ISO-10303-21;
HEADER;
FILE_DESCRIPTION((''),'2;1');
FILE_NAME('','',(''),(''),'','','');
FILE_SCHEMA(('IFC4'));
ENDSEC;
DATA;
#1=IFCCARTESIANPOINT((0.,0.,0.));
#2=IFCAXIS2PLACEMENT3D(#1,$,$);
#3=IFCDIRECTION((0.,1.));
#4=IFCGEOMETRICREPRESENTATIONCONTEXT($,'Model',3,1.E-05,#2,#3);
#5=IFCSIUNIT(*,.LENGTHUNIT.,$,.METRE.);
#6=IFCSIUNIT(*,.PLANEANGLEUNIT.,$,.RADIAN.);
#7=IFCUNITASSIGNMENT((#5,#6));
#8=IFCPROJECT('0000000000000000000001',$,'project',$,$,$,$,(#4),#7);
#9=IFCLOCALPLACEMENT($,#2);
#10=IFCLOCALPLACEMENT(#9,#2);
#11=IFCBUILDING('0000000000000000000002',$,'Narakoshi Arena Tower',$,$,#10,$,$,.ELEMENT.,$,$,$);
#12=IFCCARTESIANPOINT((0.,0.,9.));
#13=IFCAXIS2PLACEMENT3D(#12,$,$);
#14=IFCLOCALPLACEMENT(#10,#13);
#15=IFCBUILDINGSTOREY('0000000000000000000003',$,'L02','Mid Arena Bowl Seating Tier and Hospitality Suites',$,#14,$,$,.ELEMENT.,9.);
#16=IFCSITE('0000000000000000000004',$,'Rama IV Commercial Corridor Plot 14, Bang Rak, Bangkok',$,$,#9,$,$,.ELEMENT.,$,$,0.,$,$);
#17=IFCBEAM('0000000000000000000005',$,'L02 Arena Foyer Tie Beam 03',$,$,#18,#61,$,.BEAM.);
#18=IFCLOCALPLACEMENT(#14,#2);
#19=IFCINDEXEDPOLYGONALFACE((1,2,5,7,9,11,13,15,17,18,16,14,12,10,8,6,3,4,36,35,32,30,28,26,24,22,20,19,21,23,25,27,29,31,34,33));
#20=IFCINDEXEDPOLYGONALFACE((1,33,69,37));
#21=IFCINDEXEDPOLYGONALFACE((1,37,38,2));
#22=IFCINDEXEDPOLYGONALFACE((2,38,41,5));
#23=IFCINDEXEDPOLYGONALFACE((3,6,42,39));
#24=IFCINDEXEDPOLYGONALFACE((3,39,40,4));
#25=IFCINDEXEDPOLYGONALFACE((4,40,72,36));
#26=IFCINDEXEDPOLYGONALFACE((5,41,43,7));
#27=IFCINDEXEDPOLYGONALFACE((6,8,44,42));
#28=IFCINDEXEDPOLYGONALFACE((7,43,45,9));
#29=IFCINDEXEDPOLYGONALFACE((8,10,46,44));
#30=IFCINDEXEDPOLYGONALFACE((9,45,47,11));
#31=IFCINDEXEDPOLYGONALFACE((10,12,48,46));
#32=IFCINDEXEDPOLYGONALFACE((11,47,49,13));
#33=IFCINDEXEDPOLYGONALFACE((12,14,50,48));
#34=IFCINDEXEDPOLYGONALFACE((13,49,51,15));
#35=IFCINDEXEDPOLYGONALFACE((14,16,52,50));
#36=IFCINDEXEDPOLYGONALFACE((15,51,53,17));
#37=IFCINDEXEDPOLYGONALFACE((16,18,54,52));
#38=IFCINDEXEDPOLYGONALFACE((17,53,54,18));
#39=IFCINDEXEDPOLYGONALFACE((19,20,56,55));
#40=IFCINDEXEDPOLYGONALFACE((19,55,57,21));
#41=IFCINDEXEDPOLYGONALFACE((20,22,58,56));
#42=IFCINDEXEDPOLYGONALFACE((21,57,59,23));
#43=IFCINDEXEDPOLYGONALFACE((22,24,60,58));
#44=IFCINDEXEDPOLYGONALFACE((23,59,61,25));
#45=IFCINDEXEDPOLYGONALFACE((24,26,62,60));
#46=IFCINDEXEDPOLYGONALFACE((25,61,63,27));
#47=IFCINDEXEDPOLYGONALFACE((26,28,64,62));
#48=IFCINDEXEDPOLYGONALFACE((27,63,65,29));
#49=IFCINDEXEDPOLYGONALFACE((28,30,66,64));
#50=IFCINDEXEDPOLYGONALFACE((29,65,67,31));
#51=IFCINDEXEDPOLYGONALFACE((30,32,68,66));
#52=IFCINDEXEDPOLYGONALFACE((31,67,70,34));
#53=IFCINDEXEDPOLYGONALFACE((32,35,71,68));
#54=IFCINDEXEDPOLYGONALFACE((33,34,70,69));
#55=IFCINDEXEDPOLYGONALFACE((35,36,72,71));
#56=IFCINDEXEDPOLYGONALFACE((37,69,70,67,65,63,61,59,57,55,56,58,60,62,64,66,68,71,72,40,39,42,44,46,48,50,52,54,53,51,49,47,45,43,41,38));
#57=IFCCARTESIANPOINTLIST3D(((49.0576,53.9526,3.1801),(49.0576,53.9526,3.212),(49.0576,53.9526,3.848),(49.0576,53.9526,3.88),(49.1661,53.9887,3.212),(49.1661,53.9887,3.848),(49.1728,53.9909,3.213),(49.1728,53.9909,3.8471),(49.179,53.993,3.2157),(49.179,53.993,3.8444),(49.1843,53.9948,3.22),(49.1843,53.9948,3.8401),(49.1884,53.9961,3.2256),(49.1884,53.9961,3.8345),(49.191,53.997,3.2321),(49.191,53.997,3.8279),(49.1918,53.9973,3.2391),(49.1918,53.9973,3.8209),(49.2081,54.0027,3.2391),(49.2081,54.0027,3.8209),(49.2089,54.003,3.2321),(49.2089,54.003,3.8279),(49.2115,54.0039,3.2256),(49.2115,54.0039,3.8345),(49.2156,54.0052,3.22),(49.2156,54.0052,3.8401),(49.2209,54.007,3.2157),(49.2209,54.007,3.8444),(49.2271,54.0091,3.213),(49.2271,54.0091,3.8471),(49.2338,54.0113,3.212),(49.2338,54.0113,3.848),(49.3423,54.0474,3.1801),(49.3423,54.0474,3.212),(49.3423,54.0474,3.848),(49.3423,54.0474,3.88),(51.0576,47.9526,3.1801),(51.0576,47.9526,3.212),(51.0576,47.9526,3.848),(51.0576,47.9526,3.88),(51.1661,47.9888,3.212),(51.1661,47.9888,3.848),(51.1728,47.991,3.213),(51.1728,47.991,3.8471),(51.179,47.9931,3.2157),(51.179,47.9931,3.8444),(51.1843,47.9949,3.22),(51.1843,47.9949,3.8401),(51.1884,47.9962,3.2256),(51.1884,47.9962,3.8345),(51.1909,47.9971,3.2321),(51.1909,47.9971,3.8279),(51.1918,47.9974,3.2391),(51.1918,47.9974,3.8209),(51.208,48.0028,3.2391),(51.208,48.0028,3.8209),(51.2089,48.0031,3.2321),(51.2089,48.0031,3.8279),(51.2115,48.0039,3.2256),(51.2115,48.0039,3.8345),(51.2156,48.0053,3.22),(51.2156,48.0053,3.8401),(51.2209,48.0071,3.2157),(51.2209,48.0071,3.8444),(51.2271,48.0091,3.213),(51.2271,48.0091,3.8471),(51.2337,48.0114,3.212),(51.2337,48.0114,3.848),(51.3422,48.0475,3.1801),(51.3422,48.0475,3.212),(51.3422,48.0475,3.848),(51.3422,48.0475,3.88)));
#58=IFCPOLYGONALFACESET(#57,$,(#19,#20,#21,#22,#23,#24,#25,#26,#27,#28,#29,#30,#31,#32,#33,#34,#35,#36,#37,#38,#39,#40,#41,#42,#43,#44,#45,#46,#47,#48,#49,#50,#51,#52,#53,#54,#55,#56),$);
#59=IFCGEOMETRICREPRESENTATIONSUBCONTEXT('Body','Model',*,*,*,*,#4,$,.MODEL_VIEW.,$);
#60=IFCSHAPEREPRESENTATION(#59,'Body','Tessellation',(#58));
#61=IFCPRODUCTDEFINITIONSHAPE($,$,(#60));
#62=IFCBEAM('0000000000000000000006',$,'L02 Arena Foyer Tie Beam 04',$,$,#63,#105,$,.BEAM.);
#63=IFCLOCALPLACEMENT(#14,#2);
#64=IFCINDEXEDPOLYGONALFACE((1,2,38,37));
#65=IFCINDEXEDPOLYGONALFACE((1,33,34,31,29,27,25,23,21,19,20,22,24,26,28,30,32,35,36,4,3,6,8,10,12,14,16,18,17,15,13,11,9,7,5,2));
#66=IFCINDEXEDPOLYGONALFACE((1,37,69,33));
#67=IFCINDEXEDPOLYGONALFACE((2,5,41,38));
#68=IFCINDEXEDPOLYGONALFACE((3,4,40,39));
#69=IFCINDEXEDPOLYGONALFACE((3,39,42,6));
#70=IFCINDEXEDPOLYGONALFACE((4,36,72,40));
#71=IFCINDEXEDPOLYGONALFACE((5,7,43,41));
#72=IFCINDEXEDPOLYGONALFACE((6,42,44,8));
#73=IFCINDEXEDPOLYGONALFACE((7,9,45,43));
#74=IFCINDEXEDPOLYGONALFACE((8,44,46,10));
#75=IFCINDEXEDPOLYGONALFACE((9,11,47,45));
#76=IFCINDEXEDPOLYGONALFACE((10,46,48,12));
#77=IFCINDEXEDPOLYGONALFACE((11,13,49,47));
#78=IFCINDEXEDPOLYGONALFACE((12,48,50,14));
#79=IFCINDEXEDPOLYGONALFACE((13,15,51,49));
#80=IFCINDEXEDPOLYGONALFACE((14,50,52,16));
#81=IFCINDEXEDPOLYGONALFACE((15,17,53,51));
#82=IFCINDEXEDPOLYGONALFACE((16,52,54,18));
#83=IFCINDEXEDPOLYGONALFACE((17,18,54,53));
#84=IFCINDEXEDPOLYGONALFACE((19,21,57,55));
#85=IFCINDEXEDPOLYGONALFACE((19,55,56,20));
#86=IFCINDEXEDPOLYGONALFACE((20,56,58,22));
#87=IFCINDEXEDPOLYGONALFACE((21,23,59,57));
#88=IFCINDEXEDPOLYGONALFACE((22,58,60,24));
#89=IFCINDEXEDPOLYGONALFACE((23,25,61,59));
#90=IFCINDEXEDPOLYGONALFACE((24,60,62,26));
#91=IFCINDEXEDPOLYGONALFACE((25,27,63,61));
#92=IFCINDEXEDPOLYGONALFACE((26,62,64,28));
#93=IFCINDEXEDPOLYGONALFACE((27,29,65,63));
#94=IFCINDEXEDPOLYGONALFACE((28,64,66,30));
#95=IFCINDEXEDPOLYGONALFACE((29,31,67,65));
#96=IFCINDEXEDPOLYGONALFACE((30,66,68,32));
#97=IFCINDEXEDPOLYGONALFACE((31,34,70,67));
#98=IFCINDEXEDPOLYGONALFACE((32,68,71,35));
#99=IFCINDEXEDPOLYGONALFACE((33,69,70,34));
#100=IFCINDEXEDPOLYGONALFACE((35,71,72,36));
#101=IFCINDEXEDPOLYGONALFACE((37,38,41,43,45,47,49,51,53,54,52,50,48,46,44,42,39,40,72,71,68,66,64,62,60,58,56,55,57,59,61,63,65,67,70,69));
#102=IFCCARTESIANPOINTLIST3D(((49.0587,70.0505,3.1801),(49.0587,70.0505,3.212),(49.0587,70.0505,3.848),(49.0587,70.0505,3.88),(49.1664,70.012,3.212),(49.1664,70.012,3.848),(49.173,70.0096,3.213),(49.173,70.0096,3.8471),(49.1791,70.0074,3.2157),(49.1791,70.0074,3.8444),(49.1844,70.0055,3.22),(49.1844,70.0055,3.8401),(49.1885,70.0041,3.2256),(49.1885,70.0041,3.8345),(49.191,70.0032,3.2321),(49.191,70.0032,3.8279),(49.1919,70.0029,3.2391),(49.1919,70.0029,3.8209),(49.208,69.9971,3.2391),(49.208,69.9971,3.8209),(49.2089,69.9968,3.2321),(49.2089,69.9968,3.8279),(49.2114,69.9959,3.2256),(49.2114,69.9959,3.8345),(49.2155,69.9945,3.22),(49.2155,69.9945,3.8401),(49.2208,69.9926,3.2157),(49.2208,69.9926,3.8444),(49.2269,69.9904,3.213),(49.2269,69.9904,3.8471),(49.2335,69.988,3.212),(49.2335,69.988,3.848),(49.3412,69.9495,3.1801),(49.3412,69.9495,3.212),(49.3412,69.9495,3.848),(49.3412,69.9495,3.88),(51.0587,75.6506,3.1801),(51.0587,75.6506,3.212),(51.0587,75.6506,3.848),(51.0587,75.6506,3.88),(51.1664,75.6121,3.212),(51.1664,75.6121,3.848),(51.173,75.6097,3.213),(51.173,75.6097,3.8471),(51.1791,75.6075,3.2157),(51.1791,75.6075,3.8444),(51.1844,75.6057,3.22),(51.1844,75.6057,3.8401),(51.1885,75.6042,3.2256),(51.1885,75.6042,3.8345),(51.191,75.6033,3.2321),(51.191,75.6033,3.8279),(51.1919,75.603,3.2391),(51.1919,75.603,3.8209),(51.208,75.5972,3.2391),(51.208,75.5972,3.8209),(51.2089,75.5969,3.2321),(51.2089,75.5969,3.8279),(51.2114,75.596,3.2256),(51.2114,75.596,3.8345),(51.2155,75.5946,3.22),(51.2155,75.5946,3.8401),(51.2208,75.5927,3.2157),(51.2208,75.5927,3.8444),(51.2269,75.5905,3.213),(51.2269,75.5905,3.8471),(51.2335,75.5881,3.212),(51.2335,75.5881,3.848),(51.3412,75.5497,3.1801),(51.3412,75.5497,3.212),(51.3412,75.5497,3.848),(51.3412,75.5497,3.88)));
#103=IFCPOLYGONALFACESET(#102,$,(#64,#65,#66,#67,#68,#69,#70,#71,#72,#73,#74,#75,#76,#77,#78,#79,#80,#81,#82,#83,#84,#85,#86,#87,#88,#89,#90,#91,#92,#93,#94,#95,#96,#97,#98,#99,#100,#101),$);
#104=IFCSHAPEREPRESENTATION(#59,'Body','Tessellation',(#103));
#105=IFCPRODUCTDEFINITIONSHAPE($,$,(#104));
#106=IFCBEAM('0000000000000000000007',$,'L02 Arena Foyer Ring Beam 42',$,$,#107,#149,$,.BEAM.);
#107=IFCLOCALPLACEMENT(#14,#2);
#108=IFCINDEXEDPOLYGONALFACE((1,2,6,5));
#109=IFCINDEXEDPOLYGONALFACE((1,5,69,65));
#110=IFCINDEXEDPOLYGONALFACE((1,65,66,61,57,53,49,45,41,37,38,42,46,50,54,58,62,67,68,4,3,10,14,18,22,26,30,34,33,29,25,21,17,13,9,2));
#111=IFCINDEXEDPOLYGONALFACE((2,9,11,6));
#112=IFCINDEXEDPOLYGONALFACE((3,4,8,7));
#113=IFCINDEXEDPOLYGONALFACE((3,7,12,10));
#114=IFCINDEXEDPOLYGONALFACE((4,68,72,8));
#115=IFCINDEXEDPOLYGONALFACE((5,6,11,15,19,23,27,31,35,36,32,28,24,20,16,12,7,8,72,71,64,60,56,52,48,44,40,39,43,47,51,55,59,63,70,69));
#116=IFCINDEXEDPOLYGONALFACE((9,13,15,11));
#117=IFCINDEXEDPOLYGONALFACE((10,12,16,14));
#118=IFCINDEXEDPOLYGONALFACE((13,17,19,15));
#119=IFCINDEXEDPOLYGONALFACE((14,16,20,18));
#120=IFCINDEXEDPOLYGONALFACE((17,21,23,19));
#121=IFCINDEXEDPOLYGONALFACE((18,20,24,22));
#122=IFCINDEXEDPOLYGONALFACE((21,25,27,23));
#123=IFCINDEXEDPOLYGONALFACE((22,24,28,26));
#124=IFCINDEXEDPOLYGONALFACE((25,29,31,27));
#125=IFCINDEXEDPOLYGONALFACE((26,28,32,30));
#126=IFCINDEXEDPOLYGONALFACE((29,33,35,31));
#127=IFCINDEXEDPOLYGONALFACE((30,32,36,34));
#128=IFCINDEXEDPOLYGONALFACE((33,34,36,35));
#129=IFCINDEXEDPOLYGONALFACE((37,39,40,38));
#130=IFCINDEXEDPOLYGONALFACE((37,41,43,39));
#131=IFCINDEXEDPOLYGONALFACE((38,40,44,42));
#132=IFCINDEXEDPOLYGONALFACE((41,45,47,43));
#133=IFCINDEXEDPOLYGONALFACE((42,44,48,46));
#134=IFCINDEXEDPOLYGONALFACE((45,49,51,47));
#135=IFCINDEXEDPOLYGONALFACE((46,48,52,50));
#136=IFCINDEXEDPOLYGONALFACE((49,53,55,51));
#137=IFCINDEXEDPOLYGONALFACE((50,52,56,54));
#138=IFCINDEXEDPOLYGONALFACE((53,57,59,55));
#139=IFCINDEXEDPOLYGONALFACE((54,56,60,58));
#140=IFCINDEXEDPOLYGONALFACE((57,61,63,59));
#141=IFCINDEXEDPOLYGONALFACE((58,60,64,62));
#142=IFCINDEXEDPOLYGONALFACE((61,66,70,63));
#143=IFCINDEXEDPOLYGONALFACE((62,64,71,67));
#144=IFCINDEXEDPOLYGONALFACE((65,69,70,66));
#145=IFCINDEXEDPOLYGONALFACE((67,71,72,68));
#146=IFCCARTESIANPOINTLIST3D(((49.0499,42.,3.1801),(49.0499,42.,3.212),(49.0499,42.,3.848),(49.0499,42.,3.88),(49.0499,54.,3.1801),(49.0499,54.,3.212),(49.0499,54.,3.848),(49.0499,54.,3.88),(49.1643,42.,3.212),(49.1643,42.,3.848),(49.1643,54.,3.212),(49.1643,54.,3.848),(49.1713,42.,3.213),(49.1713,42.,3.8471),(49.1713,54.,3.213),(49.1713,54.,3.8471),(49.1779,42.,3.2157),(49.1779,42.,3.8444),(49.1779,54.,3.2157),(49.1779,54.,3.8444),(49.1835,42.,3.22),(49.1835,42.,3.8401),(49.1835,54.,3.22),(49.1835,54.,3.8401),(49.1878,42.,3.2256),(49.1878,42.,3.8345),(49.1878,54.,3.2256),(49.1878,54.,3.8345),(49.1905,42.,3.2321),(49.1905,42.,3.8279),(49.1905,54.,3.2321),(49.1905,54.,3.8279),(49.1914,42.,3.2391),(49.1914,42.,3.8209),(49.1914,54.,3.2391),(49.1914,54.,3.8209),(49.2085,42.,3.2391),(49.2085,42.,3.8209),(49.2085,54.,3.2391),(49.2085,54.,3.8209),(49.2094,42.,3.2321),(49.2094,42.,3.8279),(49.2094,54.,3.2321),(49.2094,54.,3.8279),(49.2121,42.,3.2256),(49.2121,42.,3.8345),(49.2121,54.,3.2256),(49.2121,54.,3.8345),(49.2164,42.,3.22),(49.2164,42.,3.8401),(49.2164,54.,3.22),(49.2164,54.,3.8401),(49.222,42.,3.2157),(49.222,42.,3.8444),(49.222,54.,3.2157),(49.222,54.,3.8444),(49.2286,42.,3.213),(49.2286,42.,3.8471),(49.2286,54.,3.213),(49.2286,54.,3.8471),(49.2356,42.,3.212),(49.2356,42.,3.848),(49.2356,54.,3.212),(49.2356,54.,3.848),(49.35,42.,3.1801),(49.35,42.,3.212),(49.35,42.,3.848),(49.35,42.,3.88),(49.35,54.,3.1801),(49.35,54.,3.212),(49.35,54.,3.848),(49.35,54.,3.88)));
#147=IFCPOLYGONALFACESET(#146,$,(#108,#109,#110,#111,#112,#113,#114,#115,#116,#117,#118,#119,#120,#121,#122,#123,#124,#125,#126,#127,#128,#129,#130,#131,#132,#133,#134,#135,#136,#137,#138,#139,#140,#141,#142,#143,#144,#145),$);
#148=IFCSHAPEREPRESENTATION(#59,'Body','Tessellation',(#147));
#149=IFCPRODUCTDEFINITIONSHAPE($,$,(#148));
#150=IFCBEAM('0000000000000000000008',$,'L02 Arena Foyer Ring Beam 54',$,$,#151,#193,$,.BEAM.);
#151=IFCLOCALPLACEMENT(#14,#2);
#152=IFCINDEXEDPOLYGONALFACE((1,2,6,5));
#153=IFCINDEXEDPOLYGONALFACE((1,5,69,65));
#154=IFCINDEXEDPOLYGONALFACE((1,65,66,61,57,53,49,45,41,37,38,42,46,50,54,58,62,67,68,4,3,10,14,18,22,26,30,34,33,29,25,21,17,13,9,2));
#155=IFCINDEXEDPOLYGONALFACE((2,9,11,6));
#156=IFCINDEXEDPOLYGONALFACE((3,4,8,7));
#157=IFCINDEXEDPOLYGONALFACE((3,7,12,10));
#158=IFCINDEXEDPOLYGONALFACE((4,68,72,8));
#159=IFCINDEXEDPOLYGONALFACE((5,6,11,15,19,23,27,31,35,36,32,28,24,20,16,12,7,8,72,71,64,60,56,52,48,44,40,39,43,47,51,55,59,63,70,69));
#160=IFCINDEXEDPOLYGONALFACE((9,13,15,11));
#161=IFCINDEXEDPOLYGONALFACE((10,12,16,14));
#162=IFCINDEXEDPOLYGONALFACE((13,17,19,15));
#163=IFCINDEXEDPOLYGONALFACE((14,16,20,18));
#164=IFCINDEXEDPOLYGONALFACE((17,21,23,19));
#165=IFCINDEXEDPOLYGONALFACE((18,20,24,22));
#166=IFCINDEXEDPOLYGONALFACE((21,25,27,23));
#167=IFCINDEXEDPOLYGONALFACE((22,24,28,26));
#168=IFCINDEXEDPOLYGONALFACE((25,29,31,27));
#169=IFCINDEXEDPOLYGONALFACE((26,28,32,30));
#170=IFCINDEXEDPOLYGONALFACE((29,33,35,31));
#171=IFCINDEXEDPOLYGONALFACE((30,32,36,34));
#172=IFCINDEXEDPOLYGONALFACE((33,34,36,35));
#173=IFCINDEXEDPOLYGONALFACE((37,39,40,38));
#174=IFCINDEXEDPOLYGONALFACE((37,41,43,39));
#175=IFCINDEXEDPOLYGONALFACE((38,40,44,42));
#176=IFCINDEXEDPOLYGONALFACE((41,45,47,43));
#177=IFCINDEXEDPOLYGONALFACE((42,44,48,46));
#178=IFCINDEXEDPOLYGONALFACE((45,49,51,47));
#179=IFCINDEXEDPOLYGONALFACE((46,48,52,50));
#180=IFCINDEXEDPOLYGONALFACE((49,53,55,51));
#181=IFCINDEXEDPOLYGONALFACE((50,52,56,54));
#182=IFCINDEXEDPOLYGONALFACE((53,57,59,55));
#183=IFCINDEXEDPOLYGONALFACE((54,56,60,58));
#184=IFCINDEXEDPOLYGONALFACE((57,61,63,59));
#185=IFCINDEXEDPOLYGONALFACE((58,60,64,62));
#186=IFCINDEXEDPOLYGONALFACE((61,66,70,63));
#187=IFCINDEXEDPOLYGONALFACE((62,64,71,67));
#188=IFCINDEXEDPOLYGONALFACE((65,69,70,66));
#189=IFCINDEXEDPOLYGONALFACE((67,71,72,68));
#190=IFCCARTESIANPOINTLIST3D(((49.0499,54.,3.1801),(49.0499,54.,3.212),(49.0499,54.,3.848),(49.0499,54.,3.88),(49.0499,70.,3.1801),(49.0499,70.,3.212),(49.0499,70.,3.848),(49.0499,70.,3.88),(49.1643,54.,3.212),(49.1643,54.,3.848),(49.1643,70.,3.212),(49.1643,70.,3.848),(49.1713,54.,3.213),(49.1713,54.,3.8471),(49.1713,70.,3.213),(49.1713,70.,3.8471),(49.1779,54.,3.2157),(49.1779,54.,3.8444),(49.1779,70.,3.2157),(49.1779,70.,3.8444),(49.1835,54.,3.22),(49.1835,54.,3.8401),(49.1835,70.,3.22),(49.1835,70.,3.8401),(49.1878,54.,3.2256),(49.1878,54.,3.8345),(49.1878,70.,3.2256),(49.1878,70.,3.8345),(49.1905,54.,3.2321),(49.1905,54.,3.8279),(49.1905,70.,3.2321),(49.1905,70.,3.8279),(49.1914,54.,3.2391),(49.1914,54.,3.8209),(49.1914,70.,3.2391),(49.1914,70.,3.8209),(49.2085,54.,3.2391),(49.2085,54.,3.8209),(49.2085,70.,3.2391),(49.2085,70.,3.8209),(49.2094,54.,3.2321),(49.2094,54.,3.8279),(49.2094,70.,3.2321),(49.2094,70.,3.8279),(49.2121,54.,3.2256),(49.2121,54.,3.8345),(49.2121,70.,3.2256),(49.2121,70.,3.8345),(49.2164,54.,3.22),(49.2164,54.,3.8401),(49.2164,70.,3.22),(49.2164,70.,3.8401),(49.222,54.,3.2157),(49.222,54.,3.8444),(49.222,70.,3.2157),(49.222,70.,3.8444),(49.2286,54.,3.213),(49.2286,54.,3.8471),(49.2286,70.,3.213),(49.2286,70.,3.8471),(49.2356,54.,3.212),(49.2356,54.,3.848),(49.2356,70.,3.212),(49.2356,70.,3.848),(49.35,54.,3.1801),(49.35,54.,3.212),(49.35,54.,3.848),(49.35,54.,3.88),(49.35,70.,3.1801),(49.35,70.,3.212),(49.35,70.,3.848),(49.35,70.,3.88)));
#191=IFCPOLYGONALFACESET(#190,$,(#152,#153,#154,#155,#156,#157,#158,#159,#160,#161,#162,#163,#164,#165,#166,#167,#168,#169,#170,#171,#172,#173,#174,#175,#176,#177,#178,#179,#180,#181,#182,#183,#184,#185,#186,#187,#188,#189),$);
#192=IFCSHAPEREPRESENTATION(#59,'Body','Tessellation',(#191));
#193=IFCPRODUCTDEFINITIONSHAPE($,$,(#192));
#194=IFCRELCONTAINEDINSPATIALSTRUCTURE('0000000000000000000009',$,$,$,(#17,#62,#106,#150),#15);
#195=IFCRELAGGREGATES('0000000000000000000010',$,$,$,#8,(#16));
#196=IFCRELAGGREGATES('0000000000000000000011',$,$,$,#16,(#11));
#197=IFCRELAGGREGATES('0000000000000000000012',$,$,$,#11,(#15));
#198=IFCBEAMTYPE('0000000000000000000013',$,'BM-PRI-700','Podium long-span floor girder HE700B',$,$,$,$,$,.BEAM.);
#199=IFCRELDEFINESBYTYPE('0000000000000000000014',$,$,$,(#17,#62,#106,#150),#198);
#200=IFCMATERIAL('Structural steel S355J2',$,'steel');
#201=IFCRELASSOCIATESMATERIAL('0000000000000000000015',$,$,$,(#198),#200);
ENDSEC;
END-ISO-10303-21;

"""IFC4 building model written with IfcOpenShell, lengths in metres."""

from ifc_helpers import new_model, si_unit, direction, frame, origin, origin_2d, place, context, subcontext, project, spatial, i_section, extrude, material, material_profile, profile_set, type_object, element, save


model = new_model("IFC4")

# Units and contexts
model_context = context("Model", 3, precision=1e-05, world=origin(), true_north=direction((0.0, 1.0)))
body_context = subcontext(model_context, "Body", "Model", "MODEL_VIEW")
ifc_project = project(units=[si_unit("LENGTHUNIT", "METRE"), si_unit("PLANEANGLEUNIT", "RADIAN")], contexts=[model_context])

# Site, building, storey
site_placement = place(None, origin())
site = spatial("IfcSite", under=ifc_project, at=site_placement, Name="Rama IV Commercial Corridor Plot 14, Bang Rak, Bangkok", CompositionType="ELEMENT", RefElevation=0.0)
building_placement = place(site_placement, origin())
building = spatial("IfcBuilding", under=site, at=building_placement, Name="Narakoshi Arena Tower", CompositionType="ELEMENT")
storey_placement = place(building_placement, frame((0.0, 0.0, 9.0)))
storey = spatial("IfcBuildingStorey", under=building, at=storey_placement, Name="L02", Description="Mid Arena Bowl Seating Tier and Hospitality Suites", CompositionType="ELEMENT", Elevation=9.0)

# Beams
ifc_material_1 = material(Name="Structural steel S355J2", Category="steel")
ifc_material_profile_1 = material_profile(ifc_material_1, i_section(OverallWidth=0.3, OverallDepth=0.7, WebThickness=0.0171, FlangeThickness=0.032, FilletRadius=0.0271, at=origin_2d()), Name="HE700B")
ifc_profile_set_1 = profile_set([ifc_material_profile_1], Name="Structural steel S355J2")
beam_type_1 = type_object("IfcBeamType", Name="BM-PRI-700", Description="Podium long-span floor girder HE700B", PredefinedType="BEAM", material=ifc_profile_set_1)
for number, where, z_axis, x_axis, name in (
    (1, (49.2, 54.0, 3.53), (0.316228, -0.948683, 0.0), (0.948683, 0.316228, 0.0), "L02 Arena Foyer Tie Beam 03"),
):
    element("IfcBeam", number, at=place(storey_placement, frame(where, z_axis=z_axis, x_axis=x_axis)), inside=storey, type_object=beam_type_1, Name=name, PredefinedType="BEAM", context=body_context, shape_type="SweptSolid", body=[
        extrude(i_section(OverallWidth=0.3, OverallDepth=0.7, WebThickness=0.0171, FlangeThickness=0.032, FilletRadius=0.0271, at=origin_2d()), origin(), (0.0, 0.0, 1.0), 6.3245),
    ])
beam_1_placement = place(storey_placement, frame((49.2, 70.0, 3.53), z_axis=(0.336331, 0.941744, 0.0), x_axis=(-0.941744, 0.336331, 0.0)))
element("IfcBeam", 2, at=beam_1_placement, inside=storey, type_object=beam_type_1, Name="L02 Arena Foyer Tie Beam 04", PredefinedType="BEAM", context=body_context, shape_type="SweptSolid", body=[
    extrude(i_section(OverallWidth=0.3, OverallDepth=0.7, WebThickness=0.0171, FlangeThickness=0.032, FilletRadius=0.0271, at=origin_2d()), origin(), (0.0, 0.0, 1.0), 5.9465),
])
beam_2_placement = place(storey_placement, frame((49.2, 42.0, 3.53), z_axis=(0.0, 1.0, 0.0), x_axis=(-1.0, 0.0, 0.0)))
element("IfcBeam", 3, at=beam_2_placement, inside=storey, type_object=beam_type_1, Name="L02 Arena Foyer Ring Beam 42", PredefinedType="BEAM", context=body_context, shape_type="SweptSolid", body=[
    extrude(i_section(OverallWidth=0.3, OverallDepth=0.7, WebThickness=0.0171, FlangeThickness=0.032, FilletRadius=0.0271, at=origin_2d()), origin(), (0.0, 0.0, 1.0), 12.0),
])
beam_3_placement = place(storey_placement, frame((49.2, 54.0, 3.53), z_axis=(0.0, 1.0, 0.0), x_axis=(-1.0, 0.0, 0.0)))
element("IfcBeam", 4, at=beam_3_placement, inside=storey, type_object=beam_type_1, Name="L02 Arena Foyer Ring Beam 54", PredefinedType="BEAM", context=body_context, shape_type="SweptSolid", body=[
    extrude(i_section(OverallWidth=0.3, OverallDepth=0.7, WebThickness=0.0171, FlangeThickness=0.032, FilletRadius=0.0271, at=origin_2d()), origin(), (0.0, 0.0, 1.0), 16.0),
])

save(model, "model.ifc")
